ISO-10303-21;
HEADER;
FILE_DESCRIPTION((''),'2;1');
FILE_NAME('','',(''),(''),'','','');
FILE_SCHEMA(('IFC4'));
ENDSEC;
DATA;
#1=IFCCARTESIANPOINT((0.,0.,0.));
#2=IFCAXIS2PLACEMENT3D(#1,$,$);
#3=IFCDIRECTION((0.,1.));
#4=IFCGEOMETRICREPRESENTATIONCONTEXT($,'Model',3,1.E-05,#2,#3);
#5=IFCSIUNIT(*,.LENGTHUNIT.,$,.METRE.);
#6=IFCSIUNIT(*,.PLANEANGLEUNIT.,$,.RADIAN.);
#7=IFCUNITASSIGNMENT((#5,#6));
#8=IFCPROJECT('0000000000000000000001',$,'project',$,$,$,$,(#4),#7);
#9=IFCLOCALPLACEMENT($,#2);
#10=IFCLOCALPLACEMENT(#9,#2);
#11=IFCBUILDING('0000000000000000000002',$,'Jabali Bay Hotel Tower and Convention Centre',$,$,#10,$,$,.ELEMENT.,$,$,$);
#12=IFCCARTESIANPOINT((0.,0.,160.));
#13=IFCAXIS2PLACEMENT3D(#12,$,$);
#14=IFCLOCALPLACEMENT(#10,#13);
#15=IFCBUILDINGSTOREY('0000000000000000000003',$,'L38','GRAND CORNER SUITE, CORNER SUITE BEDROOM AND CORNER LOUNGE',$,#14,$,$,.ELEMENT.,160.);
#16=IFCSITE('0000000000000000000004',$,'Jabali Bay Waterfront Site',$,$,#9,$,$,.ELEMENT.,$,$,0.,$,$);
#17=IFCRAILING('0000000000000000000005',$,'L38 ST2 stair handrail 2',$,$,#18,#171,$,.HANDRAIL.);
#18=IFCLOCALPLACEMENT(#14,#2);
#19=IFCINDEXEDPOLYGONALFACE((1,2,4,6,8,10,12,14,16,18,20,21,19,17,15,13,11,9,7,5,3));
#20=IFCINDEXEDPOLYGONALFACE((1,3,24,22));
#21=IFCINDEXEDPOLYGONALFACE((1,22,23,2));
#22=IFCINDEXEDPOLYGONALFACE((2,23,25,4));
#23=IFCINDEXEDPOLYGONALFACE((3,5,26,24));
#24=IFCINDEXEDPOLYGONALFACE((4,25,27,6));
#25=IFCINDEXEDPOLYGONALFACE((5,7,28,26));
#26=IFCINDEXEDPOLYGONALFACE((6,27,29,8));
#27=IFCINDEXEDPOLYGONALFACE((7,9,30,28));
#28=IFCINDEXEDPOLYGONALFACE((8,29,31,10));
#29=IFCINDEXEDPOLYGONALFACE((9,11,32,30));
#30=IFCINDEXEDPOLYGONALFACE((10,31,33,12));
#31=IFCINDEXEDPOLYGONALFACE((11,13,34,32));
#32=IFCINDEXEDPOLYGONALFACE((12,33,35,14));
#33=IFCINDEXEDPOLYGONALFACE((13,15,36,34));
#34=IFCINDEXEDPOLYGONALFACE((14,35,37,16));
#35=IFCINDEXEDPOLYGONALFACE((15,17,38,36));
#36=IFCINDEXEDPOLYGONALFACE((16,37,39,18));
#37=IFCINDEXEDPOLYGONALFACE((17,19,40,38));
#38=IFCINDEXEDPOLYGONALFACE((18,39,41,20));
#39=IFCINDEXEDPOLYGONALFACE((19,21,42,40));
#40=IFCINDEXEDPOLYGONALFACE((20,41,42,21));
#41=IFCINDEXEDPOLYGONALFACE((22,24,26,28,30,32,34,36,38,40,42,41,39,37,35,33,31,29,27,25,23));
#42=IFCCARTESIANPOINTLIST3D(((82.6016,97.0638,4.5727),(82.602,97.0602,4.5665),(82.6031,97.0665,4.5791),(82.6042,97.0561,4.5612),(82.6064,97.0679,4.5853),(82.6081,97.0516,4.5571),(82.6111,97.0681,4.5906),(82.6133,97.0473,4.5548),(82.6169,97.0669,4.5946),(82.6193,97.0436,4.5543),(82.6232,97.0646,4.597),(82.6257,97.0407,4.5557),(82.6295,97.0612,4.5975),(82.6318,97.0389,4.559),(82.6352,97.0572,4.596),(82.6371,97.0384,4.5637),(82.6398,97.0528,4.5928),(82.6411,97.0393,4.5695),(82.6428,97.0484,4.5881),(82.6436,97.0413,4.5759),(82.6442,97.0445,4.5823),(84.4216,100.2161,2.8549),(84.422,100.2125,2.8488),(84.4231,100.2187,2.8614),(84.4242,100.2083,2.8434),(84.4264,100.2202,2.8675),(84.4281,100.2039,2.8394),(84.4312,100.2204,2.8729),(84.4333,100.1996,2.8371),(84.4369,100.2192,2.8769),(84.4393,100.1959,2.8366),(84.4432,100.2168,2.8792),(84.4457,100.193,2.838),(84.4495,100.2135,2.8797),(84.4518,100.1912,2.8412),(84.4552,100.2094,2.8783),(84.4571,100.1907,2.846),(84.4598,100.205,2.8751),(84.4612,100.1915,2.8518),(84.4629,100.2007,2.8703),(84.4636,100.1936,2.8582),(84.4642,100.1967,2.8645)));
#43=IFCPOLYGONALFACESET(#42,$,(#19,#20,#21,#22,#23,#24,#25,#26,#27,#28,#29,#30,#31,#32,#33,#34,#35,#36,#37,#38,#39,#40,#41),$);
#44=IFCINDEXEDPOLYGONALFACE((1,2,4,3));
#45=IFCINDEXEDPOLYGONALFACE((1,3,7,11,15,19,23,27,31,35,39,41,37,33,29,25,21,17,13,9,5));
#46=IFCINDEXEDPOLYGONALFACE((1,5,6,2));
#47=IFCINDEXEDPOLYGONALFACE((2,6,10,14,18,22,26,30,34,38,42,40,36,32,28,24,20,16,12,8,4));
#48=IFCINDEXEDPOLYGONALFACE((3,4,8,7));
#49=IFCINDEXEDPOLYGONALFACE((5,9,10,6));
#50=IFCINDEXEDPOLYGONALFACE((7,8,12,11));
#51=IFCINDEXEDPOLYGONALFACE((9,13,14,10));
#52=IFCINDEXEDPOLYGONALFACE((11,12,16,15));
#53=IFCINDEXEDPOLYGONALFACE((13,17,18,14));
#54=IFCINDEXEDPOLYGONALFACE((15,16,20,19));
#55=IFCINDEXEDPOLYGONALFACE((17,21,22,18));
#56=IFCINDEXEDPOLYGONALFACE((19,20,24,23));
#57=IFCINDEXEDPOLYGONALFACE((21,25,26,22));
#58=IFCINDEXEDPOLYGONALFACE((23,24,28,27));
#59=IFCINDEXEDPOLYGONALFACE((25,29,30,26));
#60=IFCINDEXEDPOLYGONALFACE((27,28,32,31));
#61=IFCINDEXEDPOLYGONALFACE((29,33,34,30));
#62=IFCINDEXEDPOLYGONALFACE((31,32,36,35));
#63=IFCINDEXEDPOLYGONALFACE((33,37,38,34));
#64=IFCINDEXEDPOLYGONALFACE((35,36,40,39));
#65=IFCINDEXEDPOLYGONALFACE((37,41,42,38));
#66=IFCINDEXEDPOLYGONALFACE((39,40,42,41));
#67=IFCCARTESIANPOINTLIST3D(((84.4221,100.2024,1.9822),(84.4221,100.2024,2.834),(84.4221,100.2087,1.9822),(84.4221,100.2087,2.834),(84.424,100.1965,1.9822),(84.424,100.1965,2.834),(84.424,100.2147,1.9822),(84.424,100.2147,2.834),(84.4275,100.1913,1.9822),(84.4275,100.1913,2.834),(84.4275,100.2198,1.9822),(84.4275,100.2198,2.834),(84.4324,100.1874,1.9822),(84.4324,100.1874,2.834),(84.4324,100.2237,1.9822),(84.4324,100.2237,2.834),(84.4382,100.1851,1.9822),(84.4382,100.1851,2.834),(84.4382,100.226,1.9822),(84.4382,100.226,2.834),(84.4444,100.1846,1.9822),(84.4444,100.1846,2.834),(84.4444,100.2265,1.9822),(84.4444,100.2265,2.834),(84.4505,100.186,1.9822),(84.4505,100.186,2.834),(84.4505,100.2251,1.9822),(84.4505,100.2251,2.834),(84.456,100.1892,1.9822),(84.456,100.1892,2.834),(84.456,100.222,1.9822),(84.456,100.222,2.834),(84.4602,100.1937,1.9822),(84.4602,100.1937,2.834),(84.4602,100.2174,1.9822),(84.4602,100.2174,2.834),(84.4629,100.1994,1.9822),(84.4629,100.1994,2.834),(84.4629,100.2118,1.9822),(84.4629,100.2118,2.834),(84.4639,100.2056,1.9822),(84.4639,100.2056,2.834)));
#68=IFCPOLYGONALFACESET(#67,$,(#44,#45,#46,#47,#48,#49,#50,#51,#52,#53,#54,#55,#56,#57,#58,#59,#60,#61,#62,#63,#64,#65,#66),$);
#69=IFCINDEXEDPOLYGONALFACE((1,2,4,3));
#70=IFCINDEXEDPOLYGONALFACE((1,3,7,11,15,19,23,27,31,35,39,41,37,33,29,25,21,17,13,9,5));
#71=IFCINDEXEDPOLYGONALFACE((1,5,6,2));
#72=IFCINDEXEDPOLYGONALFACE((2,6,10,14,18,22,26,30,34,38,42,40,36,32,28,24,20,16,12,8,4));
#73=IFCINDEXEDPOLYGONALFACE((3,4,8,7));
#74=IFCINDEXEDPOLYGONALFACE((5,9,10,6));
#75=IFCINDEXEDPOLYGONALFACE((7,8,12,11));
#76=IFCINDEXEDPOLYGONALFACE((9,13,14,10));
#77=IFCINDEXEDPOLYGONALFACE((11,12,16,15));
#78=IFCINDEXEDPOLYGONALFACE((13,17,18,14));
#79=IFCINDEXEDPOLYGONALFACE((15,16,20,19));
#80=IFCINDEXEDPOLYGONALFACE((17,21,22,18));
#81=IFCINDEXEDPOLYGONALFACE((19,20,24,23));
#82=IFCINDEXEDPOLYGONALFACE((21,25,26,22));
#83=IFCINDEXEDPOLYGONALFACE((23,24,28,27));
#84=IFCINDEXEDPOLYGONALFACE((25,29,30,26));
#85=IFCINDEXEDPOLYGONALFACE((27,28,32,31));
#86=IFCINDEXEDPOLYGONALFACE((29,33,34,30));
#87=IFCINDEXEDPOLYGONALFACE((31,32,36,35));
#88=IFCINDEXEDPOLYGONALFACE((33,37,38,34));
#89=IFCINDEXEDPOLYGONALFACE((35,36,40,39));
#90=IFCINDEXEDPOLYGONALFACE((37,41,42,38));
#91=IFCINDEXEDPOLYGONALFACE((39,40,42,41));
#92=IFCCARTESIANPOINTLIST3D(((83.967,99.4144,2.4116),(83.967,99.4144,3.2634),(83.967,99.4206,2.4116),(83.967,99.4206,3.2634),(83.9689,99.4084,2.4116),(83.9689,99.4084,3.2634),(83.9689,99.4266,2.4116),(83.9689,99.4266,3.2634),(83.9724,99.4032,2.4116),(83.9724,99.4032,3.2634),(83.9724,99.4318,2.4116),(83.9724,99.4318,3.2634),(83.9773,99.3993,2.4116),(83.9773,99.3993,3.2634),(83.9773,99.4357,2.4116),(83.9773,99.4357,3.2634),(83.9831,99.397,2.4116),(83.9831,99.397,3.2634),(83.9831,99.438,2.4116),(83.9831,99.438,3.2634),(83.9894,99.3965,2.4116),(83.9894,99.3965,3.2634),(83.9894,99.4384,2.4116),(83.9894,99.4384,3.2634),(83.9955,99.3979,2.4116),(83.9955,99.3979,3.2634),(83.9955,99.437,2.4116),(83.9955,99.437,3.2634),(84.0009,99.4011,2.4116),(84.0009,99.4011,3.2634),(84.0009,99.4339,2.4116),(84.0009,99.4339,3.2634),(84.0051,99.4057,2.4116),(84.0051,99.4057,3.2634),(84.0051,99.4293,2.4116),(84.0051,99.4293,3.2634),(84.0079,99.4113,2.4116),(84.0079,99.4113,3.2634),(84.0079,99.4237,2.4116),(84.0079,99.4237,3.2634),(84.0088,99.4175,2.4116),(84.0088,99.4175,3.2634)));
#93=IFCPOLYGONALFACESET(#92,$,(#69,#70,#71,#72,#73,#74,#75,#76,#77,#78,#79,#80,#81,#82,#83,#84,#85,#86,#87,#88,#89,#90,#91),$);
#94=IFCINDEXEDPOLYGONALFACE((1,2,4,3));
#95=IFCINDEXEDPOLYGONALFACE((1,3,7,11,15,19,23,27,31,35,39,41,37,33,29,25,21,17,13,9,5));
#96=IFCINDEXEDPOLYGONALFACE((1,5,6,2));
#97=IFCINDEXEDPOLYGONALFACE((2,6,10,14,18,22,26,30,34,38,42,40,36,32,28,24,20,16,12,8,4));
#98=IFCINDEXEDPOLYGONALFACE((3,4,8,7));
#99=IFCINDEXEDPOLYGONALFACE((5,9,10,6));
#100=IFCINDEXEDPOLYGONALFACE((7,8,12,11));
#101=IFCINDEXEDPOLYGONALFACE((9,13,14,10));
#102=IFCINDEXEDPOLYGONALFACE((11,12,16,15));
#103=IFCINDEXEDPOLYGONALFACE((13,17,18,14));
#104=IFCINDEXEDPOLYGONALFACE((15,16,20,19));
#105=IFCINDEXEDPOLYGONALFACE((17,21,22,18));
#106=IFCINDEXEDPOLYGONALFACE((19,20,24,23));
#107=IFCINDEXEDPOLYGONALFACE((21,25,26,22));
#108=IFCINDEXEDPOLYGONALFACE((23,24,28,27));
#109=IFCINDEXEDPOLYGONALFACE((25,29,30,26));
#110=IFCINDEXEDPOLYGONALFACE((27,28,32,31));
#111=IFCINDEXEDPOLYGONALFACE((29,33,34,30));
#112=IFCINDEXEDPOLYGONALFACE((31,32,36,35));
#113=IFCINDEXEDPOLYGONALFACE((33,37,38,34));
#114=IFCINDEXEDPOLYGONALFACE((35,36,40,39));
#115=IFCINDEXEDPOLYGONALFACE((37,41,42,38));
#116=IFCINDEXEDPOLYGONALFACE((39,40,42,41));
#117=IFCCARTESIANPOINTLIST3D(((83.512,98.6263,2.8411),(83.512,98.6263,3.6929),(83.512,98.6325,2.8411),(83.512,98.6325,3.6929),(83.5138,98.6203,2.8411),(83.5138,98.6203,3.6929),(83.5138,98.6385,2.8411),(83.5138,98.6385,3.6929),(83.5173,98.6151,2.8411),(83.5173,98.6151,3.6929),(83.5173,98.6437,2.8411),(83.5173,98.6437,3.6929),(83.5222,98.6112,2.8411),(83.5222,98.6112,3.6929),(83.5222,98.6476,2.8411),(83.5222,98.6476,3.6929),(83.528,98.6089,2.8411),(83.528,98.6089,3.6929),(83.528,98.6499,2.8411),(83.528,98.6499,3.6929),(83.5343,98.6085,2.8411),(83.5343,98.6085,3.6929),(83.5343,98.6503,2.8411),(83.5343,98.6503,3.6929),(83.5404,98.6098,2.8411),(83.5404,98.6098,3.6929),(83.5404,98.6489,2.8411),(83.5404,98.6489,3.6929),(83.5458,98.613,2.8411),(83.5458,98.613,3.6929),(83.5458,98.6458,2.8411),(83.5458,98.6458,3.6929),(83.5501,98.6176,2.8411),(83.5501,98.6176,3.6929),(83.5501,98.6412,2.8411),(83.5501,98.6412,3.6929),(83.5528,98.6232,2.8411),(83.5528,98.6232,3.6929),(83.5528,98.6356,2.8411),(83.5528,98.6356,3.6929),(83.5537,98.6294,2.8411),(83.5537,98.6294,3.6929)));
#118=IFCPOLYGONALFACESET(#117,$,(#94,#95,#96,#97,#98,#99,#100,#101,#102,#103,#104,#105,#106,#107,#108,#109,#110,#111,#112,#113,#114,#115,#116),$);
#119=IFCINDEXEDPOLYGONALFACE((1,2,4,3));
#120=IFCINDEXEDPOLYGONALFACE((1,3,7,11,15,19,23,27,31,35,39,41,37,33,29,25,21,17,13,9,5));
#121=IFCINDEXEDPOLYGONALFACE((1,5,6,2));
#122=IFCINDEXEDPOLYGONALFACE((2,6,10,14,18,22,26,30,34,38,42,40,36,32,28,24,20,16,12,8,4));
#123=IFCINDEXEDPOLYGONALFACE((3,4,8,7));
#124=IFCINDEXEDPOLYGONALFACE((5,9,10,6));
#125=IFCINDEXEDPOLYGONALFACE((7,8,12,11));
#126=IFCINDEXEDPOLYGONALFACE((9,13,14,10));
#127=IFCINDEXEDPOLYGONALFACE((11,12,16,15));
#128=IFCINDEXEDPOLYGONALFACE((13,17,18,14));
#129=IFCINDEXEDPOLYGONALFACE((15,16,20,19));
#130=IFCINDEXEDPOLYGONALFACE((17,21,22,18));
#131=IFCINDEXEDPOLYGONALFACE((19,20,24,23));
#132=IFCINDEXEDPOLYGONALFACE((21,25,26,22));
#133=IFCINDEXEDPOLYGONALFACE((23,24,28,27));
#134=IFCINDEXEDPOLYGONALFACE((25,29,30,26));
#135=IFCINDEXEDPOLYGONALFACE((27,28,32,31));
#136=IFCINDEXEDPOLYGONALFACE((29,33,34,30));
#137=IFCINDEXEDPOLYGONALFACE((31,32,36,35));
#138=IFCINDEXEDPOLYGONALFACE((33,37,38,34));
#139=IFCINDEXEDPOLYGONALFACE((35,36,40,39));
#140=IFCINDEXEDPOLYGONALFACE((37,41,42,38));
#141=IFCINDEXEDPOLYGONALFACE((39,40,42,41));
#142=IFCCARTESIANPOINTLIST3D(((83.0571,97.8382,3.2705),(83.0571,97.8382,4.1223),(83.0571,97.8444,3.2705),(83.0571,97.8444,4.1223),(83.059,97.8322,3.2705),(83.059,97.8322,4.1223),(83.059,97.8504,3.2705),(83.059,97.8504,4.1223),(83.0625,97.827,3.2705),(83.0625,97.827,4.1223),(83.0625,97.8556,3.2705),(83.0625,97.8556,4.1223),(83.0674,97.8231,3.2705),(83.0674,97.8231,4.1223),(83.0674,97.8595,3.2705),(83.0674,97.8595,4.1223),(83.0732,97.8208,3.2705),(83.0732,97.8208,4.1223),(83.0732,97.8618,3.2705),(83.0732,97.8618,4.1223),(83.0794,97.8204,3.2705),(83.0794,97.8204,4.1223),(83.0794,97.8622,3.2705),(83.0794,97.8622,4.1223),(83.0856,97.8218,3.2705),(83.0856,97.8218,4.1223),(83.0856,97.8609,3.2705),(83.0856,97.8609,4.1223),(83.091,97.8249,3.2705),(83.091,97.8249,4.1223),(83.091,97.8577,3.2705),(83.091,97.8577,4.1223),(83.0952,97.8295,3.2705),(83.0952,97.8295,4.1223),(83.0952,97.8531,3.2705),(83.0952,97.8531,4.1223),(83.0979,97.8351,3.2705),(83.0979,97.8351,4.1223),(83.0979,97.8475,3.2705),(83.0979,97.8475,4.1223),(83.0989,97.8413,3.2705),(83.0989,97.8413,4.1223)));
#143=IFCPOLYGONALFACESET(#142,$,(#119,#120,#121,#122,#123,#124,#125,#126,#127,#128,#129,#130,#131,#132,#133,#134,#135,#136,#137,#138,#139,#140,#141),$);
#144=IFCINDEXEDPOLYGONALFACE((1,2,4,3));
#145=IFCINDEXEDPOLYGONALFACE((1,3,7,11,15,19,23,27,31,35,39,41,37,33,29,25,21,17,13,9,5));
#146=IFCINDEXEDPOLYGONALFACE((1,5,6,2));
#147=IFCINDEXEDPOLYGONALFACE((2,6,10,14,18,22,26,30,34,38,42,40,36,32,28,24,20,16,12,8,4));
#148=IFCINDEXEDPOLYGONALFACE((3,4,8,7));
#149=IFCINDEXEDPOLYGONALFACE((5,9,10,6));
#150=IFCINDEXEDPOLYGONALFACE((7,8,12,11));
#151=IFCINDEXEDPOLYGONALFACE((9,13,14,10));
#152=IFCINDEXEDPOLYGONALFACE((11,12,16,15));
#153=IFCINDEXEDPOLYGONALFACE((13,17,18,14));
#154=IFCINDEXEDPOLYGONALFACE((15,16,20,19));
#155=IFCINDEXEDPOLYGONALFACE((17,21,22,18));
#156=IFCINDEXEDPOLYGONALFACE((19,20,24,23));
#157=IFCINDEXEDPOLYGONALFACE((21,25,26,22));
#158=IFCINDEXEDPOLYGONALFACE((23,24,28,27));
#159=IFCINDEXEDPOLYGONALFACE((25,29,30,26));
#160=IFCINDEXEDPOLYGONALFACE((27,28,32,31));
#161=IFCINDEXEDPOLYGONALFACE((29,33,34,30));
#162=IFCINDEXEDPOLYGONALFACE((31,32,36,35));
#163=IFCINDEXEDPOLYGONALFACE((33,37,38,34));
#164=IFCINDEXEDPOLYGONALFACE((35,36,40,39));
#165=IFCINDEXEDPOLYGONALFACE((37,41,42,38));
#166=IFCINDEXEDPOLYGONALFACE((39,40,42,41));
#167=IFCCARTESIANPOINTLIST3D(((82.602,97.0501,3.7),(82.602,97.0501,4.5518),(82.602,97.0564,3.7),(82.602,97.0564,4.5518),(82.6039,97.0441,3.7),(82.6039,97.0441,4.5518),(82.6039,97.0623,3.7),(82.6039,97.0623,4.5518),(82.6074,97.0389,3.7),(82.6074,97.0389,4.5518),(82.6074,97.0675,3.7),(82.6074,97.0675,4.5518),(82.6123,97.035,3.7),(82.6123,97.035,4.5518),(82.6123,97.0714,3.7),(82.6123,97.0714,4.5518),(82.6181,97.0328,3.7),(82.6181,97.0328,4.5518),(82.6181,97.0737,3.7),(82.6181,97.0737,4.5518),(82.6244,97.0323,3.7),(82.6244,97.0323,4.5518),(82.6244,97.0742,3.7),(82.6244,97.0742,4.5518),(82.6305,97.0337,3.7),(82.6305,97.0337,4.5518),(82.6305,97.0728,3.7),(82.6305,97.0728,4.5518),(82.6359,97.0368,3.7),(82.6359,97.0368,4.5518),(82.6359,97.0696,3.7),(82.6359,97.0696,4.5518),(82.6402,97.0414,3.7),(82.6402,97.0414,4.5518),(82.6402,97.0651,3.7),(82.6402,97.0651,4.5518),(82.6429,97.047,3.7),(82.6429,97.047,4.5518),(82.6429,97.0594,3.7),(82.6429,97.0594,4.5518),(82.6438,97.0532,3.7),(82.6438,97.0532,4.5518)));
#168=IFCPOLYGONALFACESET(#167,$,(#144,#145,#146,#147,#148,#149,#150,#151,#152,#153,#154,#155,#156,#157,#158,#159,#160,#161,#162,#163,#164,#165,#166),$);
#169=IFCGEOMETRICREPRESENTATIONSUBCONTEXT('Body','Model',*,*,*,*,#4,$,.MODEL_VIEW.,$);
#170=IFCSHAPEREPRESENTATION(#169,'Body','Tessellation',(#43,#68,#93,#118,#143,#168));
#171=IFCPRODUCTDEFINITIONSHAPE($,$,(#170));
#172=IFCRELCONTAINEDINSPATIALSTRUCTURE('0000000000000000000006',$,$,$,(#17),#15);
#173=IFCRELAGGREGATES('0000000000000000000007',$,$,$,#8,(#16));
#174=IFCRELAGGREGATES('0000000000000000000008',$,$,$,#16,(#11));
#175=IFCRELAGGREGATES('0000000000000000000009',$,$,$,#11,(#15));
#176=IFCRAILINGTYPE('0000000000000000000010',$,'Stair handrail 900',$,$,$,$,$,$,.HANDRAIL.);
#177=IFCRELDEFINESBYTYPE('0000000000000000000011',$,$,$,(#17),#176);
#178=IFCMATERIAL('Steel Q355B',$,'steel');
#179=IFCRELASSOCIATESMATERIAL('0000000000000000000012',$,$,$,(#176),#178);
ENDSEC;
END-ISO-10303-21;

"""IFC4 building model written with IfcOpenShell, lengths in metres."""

from ifc_helpers import new_model, si_unit, direction, frame, origin, origin_2d, place, context, subcontext, project, spatial, circle, extrude, material, type_object, element, save


model = new_model("IFC4")

# Units and contexts
model_context = context("Model", 3, precision=1e-05, world=origin(), true_north=direction((0.0, 1.0)))
body_context = subcontext(model_context, "Body", "Model", "MODEL_VIEW")
ifc_project = project(units=[si_unit("LENGTHUNIT", "METRE"), si_unit("PLANEANGLEUNIT", "RADIAN")], contexts=[model_context])

# Site, building, storey
site_placement = place(None, origin())
site = spatial("IfcSite", under=ifc_project, at=site_placement, Name="Jabali Bay Waterfront Site", CompositionType="ELEMENT", RefElevation=0.0)
building_placement = place(site_placement, origin())
building = spatial("IfcBuilding", under=site, at=building_placement, Name="Jabali Bay Hotel Tower and Convention Centre", CompositionType="ELEMENT")
storey_placement = place(building_placement, frame((0.0, 0.0, 160.0)))
storey = spatial("IfcBuildingStorey", under=building, at=storey_placement, Name="L38", Description="GRAND CORNER SUITE, CORNER SUITE BEDROOM AND CORNER LOUNGE", CompositionType="ELEMENT", Elevation=160.0)

# Railing
ifc_material_1 = material(Name="Steel Q355B", Category="steel")
railing_type_1 = type_object("IfcRailingType", Name="Stair handrail 900", PredefinedType="HANDRAIL", material=ifc_material_1)
railing_1_placement = place(storey_placement, frame((84.4429, 100.2056, 1.9822)))
element("IfcRailing", 1, at=railing_1_placement, inside=storey, type_object=railing_type_1, Name="L38 ST2 stair handrail 2", PredefinedType="HANDRAIL", context=body_context, shape_type="SweptSolid", body=[
    extrude(circle(Radius=0.0239, at=origin_2d()), frame((0.0, 0.0, 0.876), z_axis=(-0.45219, -0.78319, 0.426775), x_axis=(0.866018, -0.500013, 0.0)), (0.0, 0.0, 1.0), 4.0249),
    extrude(circle(Radius=0.021, at=origin_2d()), origin(), (0.0, 0.0, 1.0), 0.8518),
    extrude(circle(Radius=0.021, at=origin_2d()), frame((-0.4551, -0.7881, 0.4294)), (0.0, 0.0, 1.0), 0.8518),
    extrude(circle(Radius=0.021, at=origin_2d()), frame((-0.9102, -1.5762, 0.8589)), (0.0, 0.0, 1.0), 0.8518),
    extrude(circle(Radius=0.021, at=origin_2d()), frame((-1.365, -2.3643, 1.2883)), (0.0, 0.0, 1.0), 0.8518),
    extrude(circle(Radius=0.021, at=origin_2d()), frame((-1.8201, -3.1523, 1.7178)), (0.0, 0.0, 1.0), 0.8518),
])

save(model, "model.ifc")
